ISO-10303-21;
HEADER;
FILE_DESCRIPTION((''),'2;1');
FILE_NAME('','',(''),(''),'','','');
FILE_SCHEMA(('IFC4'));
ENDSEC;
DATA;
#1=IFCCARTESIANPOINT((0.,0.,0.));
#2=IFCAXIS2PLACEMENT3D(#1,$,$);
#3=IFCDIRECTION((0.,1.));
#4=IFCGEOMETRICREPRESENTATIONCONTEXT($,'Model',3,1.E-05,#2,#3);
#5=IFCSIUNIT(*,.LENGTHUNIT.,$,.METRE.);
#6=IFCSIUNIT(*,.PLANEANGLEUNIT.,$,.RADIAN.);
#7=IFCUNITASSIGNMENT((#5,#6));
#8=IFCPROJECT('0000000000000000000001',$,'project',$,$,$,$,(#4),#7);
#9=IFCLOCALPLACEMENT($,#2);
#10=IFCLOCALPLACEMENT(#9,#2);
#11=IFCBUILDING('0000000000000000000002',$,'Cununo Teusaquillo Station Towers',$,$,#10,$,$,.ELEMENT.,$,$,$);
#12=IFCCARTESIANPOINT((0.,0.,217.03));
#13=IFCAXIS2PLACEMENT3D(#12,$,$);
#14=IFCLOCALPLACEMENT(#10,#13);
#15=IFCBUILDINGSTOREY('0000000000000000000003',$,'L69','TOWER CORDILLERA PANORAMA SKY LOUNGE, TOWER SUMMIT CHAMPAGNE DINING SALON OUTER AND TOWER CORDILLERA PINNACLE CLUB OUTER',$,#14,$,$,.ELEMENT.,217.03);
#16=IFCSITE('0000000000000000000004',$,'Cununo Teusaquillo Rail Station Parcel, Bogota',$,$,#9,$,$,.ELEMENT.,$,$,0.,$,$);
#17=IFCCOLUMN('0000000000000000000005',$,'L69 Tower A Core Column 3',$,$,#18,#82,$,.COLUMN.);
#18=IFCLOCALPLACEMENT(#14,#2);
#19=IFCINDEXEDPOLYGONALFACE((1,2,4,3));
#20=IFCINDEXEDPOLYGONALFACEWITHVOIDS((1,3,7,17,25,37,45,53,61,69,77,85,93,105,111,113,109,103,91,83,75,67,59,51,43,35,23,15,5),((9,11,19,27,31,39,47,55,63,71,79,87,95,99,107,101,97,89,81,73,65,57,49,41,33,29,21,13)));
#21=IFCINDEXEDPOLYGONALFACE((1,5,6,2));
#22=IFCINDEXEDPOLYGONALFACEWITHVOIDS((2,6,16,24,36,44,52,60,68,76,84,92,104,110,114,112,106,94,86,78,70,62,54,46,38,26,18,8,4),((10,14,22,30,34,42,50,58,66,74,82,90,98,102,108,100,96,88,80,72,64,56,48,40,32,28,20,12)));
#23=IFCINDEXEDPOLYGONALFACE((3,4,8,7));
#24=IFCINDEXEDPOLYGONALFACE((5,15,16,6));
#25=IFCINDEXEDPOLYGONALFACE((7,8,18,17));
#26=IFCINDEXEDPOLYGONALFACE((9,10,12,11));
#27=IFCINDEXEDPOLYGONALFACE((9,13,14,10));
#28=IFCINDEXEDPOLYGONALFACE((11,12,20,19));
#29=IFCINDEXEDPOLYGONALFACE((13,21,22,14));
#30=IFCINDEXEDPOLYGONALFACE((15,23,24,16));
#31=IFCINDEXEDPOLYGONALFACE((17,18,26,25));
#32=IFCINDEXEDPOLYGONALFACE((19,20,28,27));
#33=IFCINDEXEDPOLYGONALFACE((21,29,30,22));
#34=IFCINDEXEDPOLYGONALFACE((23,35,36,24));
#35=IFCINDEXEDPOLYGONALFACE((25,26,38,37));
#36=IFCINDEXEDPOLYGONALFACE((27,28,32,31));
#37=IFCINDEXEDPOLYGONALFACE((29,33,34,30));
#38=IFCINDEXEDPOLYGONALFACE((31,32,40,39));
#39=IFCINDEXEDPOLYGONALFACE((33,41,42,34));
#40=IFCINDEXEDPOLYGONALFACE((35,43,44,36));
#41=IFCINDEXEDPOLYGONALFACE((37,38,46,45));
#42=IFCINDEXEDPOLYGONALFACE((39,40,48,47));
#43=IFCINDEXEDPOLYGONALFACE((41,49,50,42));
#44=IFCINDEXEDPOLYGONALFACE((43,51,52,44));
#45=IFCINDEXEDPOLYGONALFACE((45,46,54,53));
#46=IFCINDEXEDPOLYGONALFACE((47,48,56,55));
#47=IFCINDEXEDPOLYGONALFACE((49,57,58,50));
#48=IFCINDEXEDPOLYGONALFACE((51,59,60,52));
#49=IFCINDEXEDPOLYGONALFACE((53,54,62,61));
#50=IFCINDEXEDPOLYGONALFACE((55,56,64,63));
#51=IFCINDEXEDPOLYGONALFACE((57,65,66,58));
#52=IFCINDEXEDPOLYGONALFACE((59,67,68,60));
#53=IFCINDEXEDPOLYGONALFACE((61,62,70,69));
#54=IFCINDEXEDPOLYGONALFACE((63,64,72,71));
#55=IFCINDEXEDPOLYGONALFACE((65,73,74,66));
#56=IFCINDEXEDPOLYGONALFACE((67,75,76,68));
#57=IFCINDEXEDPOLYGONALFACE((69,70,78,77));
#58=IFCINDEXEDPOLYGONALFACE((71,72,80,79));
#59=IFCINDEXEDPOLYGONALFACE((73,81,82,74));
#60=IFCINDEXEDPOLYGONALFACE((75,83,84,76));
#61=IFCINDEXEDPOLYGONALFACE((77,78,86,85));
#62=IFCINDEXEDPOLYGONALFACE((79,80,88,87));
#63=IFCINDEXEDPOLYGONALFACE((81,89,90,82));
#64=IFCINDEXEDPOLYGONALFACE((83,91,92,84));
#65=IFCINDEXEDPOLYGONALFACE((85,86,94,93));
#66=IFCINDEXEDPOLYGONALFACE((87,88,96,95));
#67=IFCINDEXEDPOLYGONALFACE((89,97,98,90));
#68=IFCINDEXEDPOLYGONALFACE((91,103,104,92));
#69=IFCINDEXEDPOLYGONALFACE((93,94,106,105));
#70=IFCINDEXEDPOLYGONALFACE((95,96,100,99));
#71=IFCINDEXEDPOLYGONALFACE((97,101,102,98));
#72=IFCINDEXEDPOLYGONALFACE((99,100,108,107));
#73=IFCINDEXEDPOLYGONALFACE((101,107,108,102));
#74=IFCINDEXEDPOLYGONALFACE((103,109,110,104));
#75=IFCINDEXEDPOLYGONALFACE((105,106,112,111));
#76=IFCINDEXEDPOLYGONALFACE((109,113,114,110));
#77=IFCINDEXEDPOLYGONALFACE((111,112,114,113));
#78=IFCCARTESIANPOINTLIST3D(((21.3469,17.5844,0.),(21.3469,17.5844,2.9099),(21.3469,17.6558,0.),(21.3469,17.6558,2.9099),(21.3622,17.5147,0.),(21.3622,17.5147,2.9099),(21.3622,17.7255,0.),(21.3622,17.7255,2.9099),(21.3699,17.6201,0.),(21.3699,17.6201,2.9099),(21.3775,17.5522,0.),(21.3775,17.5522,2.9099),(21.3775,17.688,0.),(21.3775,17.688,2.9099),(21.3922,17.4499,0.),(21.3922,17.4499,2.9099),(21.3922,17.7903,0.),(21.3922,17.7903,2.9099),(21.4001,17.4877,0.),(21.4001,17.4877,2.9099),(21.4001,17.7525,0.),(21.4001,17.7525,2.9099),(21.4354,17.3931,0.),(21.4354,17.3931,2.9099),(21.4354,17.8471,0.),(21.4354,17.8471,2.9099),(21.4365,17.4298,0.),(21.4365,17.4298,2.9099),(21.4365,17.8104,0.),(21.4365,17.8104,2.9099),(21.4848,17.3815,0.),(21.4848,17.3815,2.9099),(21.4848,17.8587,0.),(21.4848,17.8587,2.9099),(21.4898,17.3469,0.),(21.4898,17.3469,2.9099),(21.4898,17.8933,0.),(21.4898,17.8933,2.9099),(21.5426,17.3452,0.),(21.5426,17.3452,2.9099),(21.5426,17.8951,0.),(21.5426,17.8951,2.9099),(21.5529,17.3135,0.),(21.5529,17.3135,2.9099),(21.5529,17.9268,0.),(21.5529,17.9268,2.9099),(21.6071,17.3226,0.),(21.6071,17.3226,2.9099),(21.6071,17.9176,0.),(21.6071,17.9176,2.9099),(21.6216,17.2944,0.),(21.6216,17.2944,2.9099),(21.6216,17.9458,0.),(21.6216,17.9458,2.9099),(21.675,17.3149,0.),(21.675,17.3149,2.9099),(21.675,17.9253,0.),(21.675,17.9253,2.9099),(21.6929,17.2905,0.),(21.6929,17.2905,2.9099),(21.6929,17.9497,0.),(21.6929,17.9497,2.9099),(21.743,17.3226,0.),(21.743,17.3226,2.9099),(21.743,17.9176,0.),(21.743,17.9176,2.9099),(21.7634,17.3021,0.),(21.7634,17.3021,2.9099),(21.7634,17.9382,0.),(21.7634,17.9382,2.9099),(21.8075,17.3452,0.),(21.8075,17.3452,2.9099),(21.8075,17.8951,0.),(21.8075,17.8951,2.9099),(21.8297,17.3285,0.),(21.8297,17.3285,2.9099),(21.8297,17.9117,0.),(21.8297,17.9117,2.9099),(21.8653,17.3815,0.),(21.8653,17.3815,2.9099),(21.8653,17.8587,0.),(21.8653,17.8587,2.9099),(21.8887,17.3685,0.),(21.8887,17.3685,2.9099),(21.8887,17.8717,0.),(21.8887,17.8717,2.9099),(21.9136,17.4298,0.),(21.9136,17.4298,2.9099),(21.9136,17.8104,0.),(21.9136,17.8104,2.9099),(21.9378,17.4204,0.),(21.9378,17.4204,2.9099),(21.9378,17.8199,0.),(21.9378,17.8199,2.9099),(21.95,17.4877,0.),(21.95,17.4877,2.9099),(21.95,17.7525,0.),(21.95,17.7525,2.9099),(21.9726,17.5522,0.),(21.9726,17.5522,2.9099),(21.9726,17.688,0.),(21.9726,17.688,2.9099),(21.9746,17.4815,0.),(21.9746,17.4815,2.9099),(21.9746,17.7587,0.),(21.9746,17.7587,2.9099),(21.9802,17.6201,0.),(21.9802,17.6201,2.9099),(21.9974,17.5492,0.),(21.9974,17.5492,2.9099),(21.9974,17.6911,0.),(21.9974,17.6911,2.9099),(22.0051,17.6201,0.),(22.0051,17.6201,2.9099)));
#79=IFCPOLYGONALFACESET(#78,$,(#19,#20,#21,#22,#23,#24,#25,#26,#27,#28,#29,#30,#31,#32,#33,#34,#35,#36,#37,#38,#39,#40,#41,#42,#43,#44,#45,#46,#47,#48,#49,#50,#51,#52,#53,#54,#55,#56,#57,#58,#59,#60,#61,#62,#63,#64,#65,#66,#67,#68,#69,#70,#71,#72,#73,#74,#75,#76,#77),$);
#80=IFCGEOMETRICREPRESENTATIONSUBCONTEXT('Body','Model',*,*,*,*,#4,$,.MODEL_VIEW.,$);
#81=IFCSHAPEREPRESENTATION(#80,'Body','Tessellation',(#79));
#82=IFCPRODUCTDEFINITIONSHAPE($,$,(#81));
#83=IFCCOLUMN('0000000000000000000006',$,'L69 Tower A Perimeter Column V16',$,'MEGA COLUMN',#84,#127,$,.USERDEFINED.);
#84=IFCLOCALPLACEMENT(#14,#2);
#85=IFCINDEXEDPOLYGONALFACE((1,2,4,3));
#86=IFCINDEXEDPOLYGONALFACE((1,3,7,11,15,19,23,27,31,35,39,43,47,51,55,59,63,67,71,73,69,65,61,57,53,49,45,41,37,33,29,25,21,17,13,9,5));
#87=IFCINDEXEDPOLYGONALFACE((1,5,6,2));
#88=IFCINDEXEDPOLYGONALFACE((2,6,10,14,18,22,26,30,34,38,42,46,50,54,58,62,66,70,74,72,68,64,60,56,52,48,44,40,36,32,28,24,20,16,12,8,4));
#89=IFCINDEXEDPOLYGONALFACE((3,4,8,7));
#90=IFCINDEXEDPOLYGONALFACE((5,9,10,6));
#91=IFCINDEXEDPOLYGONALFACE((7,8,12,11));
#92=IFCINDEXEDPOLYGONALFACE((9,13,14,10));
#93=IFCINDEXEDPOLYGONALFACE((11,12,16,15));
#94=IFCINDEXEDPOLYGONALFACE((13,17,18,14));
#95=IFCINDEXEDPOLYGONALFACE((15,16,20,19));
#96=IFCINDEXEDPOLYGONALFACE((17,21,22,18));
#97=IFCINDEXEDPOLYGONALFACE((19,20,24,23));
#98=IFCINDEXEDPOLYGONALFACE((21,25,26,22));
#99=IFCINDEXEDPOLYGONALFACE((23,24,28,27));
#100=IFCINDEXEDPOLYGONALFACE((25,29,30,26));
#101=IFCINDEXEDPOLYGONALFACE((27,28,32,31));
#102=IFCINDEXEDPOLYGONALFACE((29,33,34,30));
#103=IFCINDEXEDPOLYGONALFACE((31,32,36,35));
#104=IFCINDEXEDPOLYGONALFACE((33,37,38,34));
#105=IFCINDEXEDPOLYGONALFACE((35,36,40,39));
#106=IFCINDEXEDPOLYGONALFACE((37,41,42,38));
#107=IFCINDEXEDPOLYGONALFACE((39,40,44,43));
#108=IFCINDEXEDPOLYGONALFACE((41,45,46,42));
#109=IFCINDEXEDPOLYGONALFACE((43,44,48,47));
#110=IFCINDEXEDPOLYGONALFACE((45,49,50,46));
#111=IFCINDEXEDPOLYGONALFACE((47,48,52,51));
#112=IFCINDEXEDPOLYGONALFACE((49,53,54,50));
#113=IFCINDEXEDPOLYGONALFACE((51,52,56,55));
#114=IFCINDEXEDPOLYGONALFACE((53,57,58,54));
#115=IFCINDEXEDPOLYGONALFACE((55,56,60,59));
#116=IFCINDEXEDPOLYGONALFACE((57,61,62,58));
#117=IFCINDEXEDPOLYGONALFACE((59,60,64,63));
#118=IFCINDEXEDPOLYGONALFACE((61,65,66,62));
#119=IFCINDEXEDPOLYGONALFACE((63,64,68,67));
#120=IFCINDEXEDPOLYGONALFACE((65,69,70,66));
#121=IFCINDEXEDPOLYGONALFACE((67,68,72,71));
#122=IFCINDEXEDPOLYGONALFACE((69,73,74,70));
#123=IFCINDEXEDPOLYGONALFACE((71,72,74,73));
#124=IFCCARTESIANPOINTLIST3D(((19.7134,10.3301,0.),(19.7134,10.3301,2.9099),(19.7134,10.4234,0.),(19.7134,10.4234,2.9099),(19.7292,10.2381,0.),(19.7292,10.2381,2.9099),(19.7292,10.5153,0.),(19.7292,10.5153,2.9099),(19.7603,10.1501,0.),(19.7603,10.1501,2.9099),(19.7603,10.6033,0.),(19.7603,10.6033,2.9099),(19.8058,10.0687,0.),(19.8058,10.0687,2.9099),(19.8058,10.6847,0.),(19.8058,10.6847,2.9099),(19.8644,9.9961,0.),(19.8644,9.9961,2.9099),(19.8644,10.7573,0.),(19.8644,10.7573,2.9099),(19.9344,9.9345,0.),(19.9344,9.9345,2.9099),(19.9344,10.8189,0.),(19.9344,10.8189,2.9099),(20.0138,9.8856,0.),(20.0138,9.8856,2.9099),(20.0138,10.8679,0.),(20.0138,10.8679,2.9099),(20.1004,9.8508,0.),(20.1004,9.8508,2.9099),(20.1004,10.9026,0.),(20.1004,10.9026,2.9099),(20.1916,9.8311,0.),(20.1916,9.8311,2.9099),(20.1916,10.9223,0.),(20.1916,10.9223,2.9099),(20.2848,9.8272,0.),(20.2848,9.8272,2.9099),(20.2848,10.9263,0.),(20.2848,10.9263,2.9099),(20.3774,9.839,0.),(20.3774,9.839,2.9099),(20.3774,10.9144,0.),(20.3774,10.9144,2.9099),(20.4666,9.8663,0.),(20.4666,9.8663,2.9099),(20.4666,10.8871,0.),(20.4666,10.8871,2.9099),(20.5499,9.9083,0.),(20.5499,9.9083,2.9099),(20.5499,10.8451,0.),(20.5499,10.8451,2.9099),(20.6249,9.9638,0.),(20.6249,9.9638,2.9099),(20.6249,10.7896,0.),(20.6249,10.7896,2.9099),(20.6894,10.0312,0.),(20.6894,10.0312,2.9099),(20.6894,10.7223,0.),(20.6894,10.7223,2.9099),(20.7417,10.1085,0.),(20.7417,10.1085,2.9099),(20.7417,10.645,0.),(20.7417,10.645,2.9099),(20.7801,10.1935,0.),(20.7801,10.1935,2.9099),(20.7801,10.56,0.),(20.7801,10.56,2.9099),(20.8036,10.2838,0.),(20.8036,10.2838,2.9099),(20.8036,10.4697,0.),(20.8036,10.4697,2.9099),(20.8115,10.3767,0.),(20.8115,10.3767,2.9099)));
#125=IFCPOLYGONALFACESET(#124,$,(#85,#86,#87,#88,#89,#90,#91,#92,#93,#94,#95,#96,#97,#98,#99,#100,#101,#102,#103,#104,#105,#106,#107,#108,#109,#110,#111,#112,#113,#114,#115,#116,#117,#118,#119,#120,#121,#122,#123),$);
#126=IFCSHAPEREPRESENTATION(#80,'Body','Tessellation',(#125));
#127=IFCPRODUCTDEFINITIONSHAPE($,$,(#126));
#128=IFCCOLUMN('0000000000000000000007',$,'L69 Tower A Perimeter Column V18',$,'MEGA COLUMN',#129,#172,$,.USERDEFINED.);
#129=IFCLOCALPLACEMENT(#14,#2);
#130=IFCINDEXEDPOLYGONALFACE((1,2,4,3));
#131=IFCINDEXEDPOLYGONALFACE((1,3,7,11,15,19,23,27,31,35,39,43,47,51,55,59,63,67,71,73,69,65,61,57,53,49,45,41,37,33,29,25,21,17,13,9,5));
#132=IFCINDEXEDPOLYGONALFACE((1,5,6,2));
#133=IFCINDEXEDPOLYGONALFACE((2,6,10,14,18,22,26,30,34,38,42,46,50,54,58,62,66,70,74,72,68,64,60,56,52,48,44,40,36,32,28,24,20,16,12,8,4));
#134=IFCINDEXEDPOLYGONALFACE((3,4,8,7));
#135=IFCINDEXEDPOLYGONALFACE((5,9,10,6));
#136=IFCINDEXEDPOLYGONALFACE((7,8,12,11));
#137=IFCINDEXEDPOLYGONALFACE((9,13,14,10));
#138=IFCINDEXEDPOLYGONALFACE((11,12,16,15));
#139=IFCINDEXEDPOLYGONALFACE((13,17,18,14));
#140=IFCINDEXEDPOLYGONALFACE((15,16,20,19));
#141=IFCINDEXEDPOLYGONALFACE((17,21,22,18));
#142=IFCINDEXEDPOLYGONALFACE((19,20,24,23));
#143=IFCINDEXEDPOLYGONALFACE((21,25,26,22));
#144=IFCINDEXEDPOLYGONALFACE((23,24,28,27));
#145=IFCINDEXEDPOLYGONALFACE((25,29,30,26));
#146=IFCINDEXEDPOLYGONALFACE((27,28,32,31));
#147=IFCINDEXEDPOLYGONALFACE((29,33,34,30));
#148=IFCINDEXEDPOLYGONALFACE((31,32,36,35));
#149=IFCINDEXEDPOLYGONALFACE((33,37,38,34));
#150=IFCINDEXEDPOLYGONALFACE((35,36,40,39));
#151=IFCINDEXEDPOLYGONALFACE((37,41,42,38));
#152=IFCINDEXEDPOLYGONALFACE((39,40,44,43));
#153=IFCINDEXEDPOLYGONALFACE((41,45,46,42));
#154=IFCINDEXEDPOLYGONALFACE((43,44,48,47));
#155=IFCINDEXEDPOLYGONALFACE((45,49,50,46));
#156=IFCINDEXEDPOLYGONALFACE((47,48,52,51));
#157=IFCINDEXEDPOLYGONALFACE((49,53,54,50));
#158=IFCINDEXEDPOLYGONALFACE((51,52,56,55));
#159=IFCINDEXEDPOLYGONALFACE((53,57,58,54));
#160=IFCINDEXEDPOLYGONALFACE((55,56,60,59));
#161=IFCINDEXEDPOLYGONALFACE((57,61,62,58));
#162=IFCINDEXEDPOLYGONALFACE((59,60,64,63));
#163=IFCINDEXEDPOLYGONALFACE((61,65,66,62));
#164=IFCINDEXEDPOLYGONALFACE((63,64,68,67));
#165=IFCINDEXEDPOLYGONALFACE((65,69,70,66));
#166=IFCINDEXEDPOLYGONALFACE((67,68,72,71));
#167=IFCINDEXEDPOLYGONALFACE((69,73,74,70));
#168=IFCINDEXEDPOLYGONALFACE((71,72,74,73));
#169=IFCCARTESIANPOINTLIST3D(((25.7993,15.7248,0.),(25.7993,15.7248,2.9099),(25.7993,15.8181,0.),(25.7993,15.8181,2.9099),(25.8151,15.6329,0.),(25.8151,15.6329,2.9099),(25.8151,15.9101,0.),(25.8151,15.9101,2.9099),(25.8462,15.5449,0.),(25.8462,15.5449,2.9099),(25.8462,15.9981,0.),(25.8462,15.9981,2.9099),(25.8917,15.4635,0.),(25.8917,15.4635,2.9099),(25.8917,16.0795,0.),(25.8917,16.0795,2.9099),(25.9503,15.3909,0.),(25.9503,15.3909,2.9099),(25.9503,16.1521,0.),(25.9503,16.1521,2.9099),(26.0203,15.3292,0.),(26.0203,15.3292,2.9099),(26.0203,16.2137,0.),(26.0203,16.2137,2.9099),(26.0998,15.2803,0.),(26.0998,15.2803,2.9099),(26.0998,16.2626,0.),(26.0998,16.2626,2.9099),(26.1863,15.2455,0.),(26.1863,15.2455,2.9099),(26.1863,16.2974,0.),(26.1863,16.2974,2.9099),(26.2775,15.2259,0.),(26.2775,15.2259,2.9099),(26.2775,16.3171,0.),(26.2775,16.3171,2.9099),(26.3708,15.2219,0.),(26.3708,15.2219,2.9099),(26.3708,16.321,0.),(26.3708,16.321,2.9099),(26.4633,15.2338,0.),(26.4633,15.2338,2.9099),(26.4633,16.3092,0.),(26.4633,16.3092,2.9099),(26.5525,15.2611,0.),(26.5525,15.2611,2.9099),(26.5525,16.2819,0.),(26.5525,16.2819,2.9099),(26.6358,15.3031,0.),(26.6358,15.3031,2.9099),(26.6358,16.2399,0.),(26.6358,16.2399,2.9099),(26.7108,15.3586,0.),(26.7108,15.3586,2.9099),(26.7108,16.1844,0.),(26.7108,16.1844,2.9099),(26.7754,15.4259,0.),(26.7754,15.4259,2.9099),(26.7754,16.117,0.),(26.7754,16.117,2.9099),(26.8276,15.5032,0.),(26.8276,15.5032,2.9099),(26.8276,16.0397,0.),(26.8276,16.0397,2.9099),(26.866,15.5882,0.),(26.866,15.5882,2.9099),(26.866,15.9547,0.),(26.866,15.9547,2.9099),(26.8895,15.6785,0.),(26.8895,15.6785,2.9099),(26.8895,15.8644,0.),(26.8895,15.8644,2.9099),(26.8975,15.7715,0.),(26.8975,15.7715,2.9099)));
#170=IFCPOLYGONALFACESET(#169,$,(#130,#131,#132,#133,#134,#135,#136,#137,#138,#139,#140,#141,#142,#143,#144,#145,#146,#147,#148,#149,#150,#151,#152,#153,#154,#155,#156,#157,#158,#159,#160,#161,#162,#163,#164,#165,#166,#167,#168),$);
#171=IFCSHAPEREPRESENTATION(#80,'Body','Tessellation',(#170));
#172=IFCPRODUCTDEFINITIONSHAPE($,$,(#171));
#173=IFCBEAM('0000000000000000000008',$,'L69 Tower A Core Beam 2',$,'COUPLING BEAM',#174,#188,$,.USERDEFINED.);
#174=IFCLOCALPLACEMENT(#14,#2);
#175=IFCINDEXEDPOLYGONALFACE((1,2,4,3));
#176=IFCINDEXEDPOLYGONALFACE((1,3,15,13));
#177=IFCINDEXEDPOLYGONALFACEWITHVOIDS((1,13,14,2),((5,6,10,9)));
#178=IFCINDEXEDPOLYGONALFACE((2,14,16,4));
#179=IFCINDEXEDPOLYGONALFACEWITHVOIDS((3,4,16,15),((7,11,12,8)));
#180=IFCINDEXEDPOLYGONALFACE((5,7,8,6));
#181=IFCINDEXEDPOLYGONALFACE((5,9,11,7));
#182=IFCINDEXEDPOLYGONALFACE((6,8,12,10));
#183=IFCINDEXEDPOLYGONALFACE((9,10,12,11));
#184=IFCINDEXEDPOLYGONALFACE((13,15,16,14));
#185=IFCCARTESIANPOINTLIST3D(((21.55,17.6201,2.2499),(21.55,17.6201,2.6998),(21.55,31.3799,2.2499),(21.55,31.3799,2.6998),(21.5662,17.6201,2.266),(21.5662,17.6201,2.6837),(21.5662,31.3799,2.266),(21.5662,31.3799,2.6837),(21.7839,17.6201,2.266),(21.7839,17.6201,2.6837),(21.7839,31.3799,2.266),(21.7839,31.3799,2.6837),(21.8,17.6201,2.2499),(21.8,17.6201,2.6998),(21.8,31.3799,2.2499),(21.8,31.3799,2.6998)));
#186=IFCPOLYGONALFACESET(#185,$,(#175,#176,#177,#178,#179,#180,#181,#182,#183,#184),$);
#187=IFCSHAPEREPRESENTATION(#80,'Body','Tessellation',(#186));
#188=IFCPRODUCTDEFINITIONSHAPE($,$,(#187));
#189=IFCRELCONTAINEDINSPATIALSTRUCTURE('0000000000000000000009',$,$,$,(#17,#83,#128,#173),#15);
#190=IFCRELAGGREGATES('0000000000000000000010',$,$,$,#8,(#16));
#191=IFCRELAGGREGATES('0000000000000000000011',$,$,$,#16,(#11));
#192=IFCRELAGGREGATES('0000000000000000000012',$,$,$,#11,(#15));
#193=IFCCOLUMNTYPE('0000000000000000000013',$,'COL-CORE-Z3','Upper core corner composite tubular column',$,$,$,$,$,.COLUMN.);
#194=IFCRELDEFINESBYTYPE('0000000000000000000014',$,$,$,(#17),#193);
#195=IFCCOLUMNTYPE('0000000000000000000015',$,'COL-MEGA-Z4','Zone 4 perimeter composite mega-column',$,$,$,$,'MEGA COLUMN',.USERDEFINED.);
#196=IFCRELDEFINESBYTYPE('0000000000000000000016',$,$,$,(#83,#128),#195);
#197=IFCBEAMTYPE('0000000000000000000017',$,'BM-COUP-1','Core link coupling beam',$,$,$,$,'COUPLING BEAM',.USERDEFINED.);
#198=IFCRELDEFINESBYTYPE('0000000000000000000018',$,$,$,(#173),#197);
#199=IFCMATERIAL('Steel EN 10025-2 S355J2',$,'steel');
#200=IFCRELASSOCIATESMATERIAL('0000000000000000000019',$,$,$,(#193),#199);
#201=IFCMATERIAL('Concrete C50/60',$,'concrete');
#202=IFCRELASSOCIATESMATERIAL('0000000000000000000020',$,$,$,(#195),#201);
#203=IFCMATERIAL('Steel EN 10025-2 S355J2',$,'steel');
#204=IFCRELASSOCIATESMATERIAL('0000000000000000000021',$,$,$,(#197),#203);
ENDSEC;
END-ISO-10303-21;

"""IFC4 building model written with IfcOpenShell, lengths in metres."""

from ifc_helpers import new_model, si_unit, direction, frame, origin, origin_2d, place, context, subcontext, project, spatial, hollow_rectangle, circle, hollow_circle, extrude, material, material_profile, profile_set, type_object, element, save


model = new_model("IFC4")

# Units and contexts
model_context = context("Model", 3, precision=1e-05, world=origin(), true_north=direction((0.0, 1.0)))
body_context = subcontext(model_context, "Body", "Model", "MODEL_VIEW")
ifc_project = project(units=[si_unit("LENGTHUNIT", "METRE"), si_unit("PLANEANGLEUNIT", "RADIAN")], contexts=[model_context])

# Site, building, storey
site_placement = place(None, origin())
site = spatial("IfcSite", under=ifc_project, at=site_placement, Name="Cununo Teusaquillo Rail Station Parcel, Bogota", CompositionType="ELEMENT", RefElevation=0.0)
building_placement = place(site_placement, origin())
building = spatial("IfcBuilding", under=site, at=building_placement, Name="Cununo Teusaquillo Station Towers", CompositionType="ELEMENT")
storey_placement = place(building_placement, frame((0.0, 0.0, 217.03)))
storey = spatial("IfcBuildingStorey", under=building, at=storey_placement, Name="L69", Description="TOWER CORDILLERA PANORAMA SKY LOUNGE, TOWER SUMMIT CHAMPAGNE DINING SALON OUTER AND TOWER CORDILLERA PINNACLE CLUB OUTER", CompositionType="ELEMENT", Elevation=217.03)

# Columns
ifc_material_1 = material(Name="Steel EN 10025-2 S355J2", Category="steel")
ifc_material_profile_1 = material_profile(ifc_material_1, hollow_circle(Radius=0.3301, WallThickness=0.0249, at=origin_2d()), Name="CHS 660x25")
ifc_profile_set_1 = profile_set([ifc_material_profile_1], Name="Steel EN 10025-2 S355J2")
column_type_1 = type_object("IfcColumnType", Name="COL-CORE-Z3", Description="Upper core corner composite tubular column", PredefinedType="COLUMN", material=ifc_profile_set_1)
column_placement = place(storey_placement, frame((21.675, 17.6201, 0.0), z_axis=(0.0, 0.0, 1.0), x_axis=(1.0, 0.0, 0.0)))
element("IfcColumn", 1, at=column_placement, inside=storey, type_object=column_type_1, Name="L69 Tower A Core Column 3", PredefinedType="COLUMN", context=body_context, shape_type="SweptSolid", body=[
    extrude(hollow_circle(Radius=0.3301, WallThickness=0.0249, at=origin_2d()), origin(), (0.0, 0.0, 1.0), 2.9099),
])
ifc_material_2 = material(Name="Concrete C50/60", Category="concrete")
ifc_material_profile_2 = material_profile(ifc_material_2, circle(Radius=0.55, at=origin_2d()), Name="RC-CIRC-1100")
ifc_profile_set_2 = profile_set([ifc_material_profile_2], Name="Concrete C50/60")
column_type_2 = type_object("IfcColumnType", Name="COL-MEGA-Z4", Description="Zone 4 perimeter composite mega-column", ElementType="MEGA COLUMN", PredefinedType="USERDEFINED", material=ifc_profile_set_2)
for number, where, z_axis, x_axis, name in (
    (2, (20.2615, 10.3767, 0.0), (0.0, 0.0, 1.0), (1.0, 0.0, 0.0), "L69 Tower A Perimeter Column V16"),
    (3, (26.3474, 15.7715, 0.0), (0.0, 0.0, 1.0), (1.0, 0.0, 0.0), "L69 Tower A Perimeter Column V18"),
):
    element("IfcColumn", number, at=place(storey_placement, frame(where, z_axis=z_axis, x_axis=x_axis)), inside=storey, type_object=column_type_2, Name=name, ObjectType="MEGA COLUMN", PredefinedType="USERDEFINED", context=body_context, shape_type="SweptSolid", body=[
        extrude(circle(Radius=0.55, at=origin_2d()), origin(), (0.0, 0.0, 1.0), 2.9099),
    ])

# Beam
ifc_material_3 = material(Name="Steel EN 10025-2 S355J2", Category="steel")
ifc_material_profile_3 = material_profile(ifc_material_3, hollow_rectangle(XDim=0.25, YDim=0.45, WallThickness=0.0161, at=origin_2d()), Name="RHS 450x250x16")
ifc_profile_set_3 = profile_set([ifc_material_profile_3], Name="Steel EN 10025-2 S355J2")
beam_type_1 = type_object("IfcBeamType", Name="BM-COUP-1", Description="Core link coupling beam", ElementType="COUPLING BEAM", PredefinedType="USERDEFINED", material=ifc_profile_set_3)
beam_1_placement = place(storey_placement, frame((21.675, 17.6201, 2.4749), z_axis=(0.0, 1.0, 0.0), x_axis=(-1.0, 0.0, 0.0)))
element("IfcBeam", 4, at=beam_1_placement, inside=storey, type_object=beam_type_1, Name="L69 Tower A Core Beam 2", ObjectType="COUPLING BEAM", PredefinedType="USERDEFINED", context=body_context, shape_type="SweptSolid", body=[
    extrude(hollow_rectangle(XDim=0.25, YDim=0.45, WallThickness=0.0161, at=origin_2d()), origin(), (0.0, 0.0, 1.0), 13.7598),
])

save(model, "model.ifc")
